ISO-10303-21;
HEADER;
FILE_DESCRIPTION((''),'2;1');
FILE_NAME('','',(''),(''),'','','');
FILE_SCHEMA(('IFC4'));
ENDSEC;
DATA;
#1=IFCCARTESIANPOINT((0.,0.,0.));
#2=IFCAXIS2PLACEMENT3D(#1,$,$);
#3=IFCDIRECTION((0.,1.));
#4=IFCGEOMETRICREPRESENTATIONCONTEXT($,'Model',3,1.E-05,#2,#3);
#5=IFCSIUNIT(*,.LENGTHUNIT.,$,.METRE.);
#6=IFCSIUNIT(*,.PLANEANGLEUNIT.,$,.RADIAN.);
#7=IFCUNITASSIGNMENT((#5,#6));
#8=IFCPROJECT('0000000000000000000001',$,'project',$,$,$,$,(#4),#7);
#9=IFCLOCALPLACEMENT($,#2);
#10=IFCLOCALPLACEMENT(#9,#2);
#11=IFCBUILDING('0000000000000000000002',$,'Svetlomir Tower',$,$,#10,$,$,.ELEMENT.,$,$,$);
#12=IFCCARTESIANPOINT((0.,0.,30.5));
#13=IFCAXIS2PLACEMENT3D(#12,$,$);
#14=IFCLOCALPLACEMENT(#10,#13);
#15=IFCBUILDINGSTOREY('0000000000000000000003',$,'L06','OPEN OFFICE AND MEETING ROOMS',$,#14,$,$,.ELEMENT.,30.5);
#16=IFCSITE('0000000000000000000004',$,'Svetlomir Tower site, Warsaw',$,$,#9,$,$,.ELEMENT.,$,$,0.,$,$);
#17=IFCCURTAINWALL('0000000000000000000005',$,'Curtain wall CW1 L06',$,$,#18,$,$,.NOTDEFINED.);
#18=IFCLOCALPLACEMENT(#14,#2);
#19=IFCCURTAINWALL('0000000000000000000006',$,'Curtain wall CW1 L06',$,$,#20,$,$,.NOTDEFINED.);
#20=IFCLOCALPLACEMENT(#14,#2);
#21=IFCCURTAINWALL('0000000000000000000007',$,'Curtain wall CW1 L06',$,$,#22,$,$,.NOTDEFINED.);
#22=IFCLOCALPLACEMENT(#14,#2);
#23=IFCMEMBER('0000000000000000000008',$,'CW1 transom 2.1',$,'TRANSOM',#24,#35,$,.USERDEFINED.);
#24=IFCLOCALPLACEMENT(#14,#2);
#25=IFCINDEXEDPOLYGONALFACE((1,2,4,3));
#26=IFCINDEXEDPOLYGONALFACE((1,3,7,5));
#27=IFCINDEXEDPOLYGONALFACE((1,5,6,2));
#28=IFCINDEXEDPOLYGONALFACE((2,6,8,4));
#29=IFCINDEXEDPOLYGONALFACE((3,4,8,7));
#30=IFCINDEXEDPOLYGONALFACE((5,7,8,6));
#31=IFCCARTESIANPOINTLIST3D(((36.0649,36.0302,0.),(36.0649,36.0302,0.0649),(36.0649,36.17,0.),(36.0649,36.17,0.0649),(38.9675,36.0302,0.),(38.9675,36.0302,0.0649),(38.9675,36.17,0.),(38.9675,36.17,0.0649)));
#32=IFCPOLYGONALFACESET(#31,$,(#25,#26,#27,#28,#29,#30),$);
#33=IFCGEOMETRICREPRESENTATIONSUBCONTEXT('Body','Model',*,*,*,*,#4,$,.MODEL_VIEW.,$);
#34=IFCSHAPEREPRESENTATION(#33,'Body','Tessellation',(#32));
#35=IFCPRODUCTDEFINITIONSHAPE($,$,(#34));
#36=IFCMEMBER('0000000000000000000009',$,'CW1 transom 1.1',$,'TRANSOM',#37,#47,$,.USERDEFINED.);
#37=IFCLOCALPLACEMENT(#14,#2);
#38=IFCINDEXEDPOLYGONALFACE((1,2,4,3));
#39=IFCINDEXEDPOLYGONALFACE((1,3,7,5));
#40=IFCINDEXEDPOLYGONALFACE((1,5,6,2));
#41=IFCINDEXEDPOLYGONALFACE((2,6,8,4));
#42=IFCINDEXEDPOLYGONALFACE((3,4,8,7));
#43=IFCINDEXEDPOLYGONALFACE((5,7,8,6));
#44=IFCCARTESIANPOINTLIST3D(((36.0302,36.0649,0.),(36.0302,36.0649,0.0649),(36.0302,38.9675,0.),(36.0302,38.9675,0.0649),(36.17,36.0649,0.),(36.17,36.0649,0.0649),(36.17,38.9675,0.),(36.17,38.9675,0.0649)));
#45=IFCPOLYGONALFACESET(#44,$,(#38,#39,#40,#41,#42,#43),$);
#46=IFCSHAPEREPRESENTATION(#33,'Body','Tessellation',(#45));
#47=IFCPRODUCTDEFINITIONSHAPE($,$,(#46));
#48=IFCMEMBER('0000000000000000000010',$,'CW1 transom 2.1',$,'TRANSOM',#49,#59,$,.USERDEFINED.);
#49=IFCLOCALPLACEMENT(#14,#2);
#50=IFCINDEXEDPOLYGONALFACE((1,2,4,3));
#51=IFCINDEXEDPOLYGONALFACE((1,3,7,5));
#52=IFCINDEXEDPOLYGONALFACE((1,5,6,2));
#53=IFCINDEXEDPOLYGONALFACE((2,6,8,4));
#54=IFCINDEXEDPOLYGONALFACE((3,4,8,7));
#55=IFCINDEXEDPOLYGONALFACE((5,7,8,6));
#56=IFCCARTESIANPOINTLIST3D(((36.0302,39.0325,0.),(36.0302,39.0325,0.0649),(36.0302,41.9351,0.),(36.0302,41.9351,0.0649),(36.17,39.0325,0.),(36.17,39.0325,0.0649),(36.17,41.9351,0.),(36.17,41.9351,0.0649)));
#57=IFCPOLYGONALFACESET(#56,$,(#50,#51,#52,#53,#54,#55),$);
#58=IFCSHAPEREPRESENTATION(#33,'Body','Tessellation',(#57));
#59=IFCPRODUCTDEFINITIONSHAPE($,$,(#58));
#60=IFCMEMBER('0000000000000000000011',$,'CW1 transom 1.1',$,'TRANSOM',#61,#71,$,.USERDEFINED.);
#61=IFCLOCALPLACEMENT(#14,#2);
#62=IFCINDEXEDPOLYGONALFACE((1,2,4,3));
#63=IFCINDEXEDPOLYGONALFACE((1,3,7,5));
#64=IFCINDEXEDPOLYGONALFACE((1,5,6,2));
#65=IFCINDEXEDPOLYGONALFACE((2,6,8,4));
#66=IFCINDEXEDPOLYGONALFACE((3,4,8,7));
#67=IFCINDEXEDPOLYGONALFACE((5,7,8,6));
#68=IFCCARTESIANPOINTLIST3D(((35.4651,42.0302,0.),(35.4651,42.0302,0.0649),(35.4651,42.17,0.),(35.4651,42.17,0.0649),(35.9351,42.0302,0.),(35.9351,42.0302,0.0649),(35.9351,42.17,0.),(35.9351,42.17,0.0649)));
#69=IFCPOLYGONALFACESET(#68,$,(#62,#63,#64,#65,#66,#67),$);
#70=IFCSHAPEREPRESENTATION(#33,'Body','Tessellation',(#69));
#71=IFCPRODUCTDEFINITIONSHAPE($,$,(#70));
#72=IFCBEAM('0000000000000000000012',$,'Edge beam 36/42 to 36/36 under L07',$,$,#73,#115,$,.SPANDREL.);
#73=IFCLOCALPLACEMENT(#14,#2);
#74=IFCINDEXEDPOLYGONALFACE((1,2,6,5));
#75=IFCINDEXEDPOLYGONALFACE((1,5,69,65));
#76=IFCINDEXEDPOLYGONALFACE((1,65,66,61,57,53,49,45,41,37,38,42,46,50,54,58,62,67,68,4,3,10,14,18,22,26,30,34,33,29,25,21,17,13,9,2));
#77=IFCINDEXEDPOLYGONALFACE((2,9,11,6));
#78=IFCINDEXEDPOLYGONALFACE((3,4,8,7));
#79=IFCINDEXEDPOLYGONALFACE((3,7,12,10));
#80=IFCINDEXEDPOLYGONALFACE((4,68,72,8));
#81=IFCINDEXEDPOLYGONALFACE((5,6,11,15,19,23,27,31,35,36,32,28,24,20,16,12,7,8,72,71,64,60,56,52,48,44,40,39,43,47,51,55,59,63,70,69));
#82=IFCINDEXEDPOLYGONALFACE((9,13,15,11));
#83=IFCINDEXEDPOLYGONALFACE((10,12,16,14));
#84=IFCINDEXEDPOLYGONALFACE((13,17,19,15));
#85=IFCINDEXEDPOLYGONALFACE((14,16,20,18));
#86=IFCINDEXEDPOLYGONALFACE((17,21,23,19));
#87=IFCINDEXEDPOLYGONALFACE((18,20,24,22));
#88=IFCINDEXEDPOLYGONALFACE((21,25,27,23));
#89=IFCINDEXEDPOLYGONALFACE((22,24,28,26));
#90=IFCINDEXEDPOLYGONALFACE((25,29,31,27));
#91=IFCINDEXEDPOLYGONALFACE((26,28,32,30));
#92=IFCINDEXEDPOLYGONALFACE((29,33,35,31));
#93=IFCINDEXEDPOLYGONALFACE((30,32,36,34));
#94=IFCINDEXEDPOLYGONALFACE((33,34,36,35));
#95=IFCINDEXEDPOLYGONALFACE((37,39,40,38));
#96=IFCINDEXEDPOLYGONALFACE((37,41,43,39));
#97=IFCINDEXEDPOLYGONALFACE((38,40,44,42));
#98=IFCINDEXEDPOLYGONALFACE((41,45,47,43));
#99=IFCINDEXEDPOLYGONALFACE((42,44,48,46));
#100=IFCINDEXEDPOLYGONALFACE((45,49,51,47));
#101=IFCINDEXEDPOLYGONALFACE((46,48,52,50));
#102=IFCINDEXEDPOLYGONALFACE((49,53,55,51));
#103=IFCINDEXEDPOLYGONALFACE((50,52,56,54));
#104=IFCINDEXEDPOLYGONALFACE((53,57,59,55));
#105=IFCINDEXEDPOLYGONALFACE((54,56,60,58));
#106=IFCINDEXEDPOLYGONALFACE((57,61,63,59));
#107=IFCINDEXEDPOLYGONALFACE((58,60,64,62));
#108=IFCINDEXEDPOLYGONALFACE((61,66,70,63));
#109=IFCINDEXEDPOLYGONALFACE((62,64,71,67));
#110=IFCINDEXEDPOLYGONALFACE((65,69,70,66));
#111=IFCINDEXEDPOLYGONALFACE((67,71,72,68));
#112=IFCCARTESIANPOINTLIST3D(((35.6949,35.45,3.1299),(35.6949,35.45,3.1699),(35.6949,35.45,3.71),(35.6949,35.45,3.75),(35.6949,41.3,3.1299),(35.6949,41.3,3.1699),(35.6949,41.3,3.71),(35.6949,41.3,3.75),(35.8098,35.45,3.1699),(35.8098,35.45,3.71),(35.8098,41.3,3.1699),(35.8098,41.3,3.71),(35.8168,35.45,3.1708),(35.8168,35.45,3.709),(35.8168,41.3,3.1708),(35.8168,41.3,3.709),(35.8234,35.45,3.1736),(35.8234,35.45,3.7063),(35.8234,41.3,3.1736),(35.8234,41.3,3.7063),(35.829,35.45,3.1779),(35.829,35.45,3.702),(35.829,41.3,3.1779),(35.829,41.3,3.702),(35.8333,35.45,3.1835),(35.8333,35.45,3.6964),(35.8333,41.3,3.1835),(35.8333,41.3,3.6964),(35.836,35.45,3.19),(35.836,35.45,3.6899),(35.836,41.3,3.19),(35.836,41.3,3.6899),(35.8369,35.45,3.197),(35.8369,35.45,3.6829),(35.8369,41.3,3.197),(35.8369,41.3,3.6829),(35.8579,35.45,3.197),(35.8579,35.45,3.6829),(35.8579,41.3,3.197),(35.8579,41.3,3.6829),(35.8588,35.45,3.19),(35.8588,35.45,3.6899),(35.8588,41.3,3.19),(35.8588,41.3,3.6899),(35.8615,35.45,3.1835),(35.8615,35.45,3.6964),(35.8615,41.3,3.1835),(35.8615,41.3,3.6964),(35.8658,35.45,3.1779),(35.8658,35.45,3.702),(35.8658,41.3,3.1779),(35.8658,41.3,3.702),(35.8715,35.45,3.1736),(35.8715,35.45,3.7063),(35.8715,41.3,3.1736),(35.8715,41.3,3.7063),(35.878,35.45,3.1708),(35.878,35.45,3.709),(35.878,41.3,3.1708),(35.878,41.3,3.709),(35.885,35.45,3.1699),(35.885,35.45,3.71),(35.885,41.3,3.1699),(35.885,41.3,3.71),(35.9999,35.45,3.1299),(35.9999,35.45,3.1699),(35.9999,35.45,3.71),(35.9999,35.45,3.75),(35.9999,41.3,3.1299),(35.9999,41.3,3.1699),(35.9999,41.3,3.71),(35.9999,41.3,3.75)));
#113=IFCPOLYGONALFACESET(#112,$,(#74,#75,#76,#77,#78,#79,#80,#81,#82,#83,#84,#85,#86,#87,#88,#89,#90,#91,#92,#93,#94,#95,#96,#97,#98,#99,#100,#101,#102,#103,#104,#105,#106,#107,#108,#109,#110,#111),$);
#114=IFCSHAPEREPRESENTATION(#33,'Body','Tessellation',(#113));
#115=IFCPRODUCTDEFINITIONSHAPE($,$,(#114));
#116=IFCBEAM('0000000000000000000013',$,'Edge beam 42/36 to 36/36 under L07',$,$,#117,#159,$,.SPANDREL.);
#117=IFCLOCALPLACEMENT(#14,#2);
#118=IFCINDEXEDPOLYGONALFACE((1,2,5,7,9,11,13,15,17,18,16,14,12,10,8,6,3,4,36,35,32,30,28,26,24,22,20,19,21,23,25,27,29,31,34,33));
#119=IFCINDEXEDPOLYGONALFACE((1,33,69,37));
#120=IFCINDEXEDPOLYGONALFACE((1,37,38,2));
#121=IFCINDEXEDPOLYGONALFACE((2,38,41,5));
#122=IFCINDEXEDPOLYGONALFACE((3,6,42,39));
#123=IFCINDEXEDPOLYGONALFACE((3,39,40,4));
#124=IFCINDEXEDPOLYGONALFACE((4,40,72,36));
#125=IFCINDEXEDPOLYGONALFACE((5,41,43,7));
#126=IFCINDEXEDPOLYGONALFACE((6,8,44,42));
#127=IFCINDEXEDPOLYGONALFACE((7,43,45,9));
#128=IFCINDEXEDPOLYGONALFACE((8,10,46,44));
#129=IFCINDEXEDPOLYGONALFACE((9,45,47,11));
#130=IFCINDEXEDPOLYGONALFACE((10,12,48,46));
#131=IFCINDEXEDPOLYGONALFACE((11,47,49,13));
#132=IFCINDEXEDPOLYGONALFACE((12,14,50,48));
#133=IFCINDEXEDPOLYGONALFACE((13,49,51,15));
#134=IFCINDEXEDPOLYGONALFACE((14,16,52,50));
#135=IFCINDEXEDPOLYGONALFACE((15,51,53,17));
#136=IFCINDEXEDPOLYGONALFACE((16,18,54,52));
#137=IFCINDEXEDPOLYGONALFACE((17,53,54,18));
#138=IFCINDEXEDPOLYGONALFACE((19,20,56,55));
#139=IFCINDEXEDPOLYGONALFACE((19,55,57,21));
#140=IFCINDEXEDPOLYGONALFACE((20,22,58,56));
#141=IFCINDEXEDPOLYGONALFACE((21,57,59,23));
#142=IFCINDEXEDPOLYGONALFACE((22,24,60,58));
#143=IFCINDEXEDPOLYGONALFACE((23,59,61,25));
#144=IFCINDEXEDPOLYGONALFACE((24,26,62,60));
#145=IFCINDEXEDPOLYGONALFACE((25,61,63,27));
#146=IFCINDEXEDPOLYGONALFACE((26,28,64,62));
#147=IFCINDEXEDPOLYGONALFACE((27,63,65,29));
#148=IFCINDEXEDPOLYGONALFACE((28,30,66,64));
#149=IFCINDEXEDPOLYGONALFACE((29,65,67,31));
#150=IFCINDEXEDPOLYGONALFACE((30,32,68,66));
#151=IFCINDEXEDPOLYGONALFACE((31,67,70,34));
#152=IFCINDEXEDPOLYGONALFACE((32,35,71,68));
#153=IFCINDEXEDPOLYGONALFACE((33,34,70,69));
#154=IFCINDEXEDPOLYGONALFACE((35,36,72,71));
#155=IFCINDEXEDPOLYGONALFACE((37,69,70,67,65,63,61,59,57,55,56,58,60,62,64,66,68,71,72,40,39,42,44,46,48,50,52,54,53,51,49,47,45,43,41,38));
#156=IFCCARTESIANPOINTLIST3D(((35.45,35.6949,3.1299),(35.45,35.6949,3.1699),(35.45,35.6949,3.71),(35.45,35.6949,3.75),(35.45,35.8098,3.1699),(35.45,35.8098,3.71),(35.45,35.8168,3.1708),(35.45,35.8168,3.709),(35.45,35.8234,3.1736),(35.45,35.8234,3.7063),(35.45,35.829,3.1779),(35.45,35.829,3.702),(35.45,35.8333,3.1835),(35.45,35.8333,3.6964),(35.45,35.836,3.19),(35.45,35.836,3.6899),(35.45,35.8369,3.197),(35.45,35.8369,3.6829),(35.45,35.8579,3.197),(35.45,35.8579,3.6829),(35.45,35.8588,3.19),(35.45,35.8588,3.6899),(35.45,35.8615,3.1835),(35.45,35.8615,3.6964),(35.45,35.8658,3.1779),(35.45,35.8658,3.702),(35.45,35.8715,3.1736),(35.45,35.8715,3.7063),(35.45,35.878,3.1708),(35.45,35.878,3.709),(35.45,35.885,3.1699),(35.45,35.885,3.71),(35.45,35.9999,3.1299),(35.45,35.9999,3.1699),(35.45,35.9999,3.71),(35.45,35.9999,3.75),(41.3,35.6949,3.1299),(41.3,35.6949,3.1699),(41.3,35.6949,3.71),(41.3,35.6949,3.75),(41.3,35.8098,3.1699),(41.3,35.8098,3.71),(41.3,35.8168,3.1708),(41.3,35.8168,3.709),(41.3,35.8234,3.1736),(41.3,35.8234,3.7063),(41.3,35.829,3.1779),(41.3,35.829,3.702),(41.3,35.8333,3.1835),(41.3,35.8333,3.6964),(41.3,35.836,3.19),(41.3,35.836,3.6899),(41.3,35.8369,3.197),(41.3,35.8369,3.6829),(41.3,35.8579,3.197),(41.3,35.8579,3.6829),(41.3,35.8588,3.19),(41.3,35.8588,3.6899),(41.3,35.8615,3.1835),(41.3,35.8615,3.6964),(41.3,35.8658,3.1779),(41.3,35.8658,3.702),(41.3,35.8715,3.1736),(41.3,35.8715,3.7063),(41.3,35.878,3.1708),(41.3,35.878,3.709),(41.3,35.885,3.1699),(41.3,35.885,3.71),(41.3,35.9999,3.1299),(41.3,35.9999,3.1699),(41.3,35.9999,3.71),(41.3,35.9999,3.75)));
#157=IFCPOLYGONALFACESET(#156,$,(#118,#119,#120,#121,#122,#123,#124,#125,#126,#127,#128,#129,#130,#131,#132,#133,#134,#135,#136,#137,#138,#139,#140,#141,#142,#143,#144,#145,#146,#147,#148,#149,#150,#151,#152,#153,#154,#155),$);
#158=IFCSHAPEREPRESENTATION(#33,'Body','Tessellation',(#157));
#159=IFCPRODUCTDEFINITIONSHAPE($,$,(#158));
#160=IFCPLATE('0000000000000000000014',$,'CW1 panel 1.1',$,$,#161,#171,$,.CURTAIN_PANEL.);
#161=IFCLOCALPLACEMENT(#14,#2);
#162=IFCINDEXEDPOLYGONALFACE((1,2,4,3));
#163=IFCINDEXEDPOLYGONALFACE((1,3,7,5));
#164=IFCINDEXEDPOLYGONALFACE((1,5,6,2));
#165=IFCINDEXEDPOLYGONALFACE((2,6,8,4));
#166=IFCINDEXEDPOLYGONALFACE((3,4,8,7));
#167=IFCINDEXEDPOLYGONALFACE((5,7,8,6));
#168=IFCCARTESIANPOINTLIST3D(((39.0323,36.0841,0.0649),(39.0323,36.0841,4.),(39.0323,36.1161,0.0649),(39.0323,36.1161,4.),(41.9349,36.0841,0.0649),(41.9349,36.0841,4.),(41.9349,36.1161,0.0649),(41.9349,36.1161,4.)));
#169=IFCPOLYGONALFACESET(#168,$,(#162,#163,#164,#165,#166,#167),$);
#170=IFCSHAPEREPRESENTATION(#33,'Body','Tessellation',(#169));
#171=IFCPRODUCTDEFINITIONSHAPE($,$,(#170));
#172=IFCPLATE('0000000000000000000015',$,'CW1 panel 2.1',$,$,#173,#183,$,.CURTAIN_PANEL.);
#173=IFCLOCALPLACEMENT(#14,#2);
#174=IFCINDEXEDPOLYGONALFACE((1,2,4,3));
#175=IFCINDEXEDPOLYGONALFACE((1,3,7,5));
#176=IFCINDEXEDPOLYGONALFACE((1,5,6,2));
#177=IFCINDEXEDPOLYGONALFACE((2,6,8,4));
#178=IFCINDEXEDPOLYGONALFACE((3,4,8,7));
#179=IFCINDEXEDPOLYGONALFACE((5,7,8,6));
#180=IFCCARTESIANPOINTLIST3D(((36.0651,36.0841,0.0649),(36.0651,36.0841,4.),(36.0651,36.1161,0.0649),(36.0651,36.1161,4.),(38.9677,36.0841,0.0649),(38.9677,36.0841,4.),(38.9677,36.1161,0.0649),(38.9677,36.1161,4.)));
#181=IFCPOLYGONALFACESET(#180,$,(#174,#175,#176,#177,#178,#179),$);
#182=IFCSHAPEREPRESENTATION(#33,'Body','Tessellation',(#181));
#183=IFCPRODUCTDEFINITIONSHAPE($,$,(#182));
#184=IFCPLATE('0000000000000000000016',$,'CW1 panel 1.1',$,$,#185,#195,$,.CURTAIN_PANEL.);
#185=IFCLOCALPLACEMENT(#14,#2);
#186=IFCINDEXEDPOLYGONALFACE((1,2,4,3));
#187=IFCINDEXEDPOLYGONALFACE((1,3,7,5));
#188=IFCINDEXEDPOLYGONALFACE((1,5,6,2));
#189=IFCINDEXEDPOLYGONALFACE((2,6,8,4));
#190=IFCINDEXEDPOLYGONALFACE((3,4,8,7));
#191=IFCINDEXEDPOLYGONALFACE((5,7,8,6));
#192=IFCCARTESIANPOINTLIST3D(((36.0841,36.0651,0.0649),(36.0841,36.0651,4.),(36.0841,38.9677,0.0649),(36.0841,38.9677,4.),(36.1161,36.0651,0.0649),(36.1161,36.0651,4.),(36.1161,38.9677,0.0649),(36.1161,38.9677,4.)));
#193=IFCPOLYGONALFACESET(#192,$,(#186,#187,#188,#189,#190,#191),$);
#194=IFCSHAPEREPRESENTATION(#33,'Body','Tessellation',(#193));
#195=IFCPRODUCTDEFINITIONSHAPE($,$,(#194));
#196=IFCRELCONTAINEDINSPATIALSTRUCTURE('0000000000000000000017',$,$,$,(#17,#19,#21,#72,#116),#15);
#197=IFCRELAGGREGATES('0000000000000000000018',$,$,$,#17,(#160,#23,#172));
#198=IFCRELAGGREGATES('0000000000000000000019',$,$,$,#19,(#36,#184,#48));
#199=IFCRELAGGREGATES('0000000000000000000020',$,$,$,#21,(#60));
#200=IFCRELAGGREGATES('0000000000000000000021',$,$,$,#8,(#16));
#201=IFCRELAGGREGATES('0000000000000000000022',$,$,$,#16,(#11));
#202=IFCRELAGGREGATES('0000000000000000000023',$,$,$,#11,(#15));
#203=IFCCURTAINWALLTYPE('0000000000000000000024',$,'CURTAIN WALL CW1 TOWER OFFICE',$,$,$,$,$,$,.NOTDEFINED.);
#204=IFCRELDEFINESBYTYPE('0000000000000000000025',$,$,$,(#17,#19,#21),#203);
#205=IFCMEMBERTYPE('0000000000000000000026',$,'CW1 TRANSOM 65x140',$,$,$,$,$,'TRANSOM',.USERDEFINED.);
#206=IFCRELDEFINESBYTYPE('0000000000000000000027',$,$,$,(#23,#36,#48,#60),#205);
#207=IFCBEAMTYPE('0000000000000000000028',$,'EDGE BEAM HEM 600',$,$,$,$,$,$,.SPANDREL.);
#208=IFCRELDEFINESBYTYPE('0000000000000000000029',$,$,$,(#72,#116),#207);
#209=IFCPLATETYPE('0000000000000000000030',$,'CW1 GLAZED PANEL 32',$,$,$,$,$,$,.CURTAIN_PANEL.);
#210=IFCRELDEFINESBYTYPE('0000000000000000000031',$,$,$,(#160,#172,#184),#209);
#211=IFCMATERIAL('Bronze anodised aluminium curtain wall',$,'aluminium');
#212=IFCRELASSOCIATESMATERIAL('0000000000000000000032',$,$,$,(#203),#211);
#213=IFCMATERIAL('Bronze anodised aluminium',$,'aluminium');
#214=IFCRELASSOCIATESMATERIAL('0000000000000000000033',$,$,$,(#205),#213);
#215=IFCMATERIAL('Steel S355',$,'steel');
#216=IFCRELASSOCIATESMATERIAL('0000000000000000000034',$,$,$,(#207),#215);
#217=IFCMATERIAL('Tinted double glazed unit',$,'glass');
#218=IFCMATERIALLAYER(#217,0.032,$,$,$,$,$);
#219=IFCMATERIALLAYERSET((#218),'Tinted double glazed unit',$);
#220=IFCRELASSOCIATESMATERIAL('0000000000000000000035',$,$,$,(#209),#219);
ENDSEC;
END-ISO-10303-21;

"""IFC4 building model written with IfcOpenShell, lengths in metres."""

from ifc_helpers import new_model, si_unit, direction, frame, origin, origin_2d, place, context, subcontext, project, spatial, rectangle, i_section, extrude, material, layer, layer_set, material_profile, profile_set, type_object, element, aggregate, save


model = new_model("IFC4")

# Units and contexts
model_context = context("Model", 3, precision=1e-05, world=origin(), true_north=direction((0.0, 1.0)))
body_context = subcontext(model_context, "Body", "Model", "MODEL_VIEW")
ifc_project = project(units=[si_unit("LENGTHUNIT", "METRE"), si_unit("PLANEANGLEUNIT", "RADIAN")], contexts=[model_context])

# Site, building, storey
site_placement = place(None, origin())
site = spatial("IfcSite", under=ifc_project, at=site_placement, Name="Svetlomir Tower site, Warsaw", CompositionType="ELEMENT", RefElevation=0.0)
building_placement = place(site_placement, origin())
building = spatial("IfcBuilding", under=site, at=building_placement, Name="Svetlomir Tower", CompositionType="ELEMENT")
storey_placement = place(building_placement, frame((0.0, 0.0, 30.5)))
storey = spatial("IfcBuildingStorey", under=building, at=storey_placement, Name="L06", Description="OPEN OFFICE AND MEETING ROOMS", CompositionType="ELEMENT", Elevation=30.5)

# Shared definitions
ifc_material_1 = material(Name="Bronze anodised aluminium curtain wall", Category="aluminium")
curtain_wall_type = type_object("IfcCurtainWallType", Name="CURTAIN WALL CW1 TOWER OFFICE", PredefinedType="NOTDEFINED", material=ifc_material_1)

# Curtain walls
curtain_wall_1_placement = place(storey_placement, origin())
curtain_wall_1 = element("IfcCurtainWall", 1, at=curtain_wall_1_placement, inside=storey, type_object=curtain_wall_type, Name="Curtain wall CW1 L06", PredefinedType="NOTDEFINED")
curtain_wall_2_placement = place(storey_placement, origin())
curtain_wall_2 = element("IfcCurtainWall", 2, at=curtain_wall_2_placement, inside=storey, type_object=curtain_wall_type, Name="Curtain wall CW1 L06", PredefinedType="NOTDEFINED")
curtain_wall_3_placement = place(storey_placement, origin())
curtain_wall_3 = element("IfcCurtainWall", 3, at=curtain_wall_3_placement, inside=storey, type_object=curtain_wall_type, Name="Curtain wall CW1 L06", PredefinedType="NOTDEFINED")

# Members
ifc_material_2 = material(Name="Bronze anodised aluminium", Category="aluminium")
ifc_material_profile_1 = material_profile(ifc_material_2, rectangle(XDim=0.1399, YDim=0.0649, at=origin_2d()), Name="AL 140x65")
ifc_profile_set_1 = profile_set([ifc_material_profile_1], Name="Bronze anodised aluminium 6063-T6")
member_type_1 = type_object("IfcMemberType", Name="CW1 TRANSOM 65x140", ElementType="TRANSOM", PredefinedType="USERDEFINED", material=ifc_profile_set_1)
member_1_placement = place(storey_placement, frame((38.9675, 36.1001, 0.0325), z_axis=(-1.0, 0.0, 0.0), x_axis=(0.0, -1.0, 0.0)))
member_1 = element("IfcMember", 4, at=member_1_placement, type_object=member_type_1, Name="CW1 transom 2.1", ObjectType="TRANSOM", PredefinedType="USERDEFINED", context=body_context, shape_type="SweptSolid", body=[
    extrude(rectangle(XDim=0.1399, YDim=0.0649, at=origin_2d()), origin(), (0.0, 0.0, 1.0), 2.9026),
])
member_2_placement = place(storey_placement, frame((36.1001, 36.0649, 0.0325), z_axis=(0.0, 1.0, 0.0), x_axis=(-1.0, 0.0, 0.0)))
member_2 = element("IfcMember", 5, at=member_2_placement, type_object=member_type_1, Name="CW1 transom 1.1", ObjectType="TRANSOM", PredefinedType="USERDEFINED", context=body_context, shape_type="SweptSolid", body=[
    extrude(rectangle(XDim=0.1399, YDim=0.0649, at=origin_2d()), origin(), (0.0, 0.0, 1.0), 2.9026),
])
member_3_placement = place(storey_placement, frame((36.1001, 39.0325, 0.0325), z_axis=(0.0, 1.0, 0.0), x_axis=(-1.0, 0.0, 0.0)))
member_3 = element("IfcMember", 6, at=member_3_placement, type_object=member_type_1, Name="CW1 transom 2.1", ObjectType="TRANSOM", PredefinedType="USERDEFINED", context=body_context, shape_type="SweptSolid", body=[
    extrude(rectangle(XDim=0.1399, YDim=0.0649, at=origin_2d()), origin(), (0.0, 0.0, 1.0), 2.9026),
])
member_4_placement = place(storey_placement, frame((35.9351, 42.1001, 0.0325), z_axis=(-1.0, 0.0, 0.0), x_axis=(0.0, -1.0, 0.0)))
member_4 = element("IfcMember", 7, at=member_4_placement, type_object=member_type_1, Name="CW1 transom 1.1", ObjectType="TRANSOM", PredefinedType="USERDEFINED", context=body_context, shape_type="SweptSolid", body=[
    extrude(rectangle(XDim=0.1399, YDim=0.0649, at=origin_2d()), origin(), (0.0, 0.0, 1.0), 0.47),
])

# Beams
ifc_material_3 = material(Name="Steel S355", Category="steel")
ifc_material_profile_2 = material_profile(ifc_material_3, i_section(OverallWidth=0.3049, OverallDepth=0.6201, WebThickness=0.021, FlangeThickness=0.04, FilletRadius=0.0271, at=origin_2d()), Name="HEM 600")
ifc_profile_set_2 = profile_set([ifc_material_profile_2], Name="Steel S355")
beam_type_1 = type_object("IfcBeamType", Name="EDGE BEAM HEM 600", PredefinedType="SPANDREL", material=ifc_profile_set_2)
for number, where, z_axis, x_axis, name in (
    (8, (35.8474, 41.3, 3.4399), (0.0, -1.0, 0.0), (1.0, 0.0, 0.0), "Edge beam 36/42 to 36/36 under L07"),
    (9, (41.3, 35.8474, 3.4399), (-1.0, 0.0, 0.0), (0.0, -1.0, 0.0), "Edge beam 42/36 to 36/36 under L07"),
):
    element("IfcBeam", number, at=place(storey_placement, frame(where, z_axis=z_axis, x_axis=x_axis)), inside=storey, type_object=beam_type_1, Name=name, PredefinedType="SPANDREL", context=body_context, shape_type="SweptSolid", body=[
        extrude(i_section(OverallWidth=0.3049, OverallDepth=0.6201, WebThickness=0.021, FlangeThickness=0.04, FilletRadius=0.0271, at=origin_2d()), origin(), (0.0, 0.0, 1.0), 5.8501),
    ])

# Plates
ifc_material_4 = material(Name="Tinted double glazed unit", Category="glass")
ifc_layer_1 = layer(ifc_material_4, 0.032)
ifc_layer_set_1 = layer_set([ifc_layer_1], Name="Tinted double glazed unit")
plate_type = type_object("IfcPlateType", Name="CW1 GLAZED PANEL 32", PredefinedType="CURTAIN_PANEL", material=ifc_layer_set_1)
plate_1_placement = place(storey_placement, frame((40.4836, 36.1001, 0.0649), z_axis=(0.0, 0.0, 1.0), x_axis=(-1.0, 0.0, 0.0)))
plate_1 = element("IfcPlate", 10, at=plate_1_placement, type_object=plate_type, Name="CW1 panel 1.1", PredefinedType="CURTAIN_PANEL", context=body_context, shape_type="SweptSolid", body=[
    extrude(rectangle(XDim=2.9026, YDim=0.032, at=origin_2d()), origin(), (0.0, 0.0, 1.0), 3.9351),
])
plate_2_placement = place(storey_placement, frame((37.5164, 36.1001, 0.0649), z_axis=(0.0, 0.0, 1.0), x_axis=(-1.0, 0.0, 0.0)))
plate_2 = element("IfcPlate", 11, at=plate_2_placement, type_object=plate_type, Name="CW1 panel 2.1", PredefinedType="CURTAIN_PANEL", context=body_context, shape_type="SweptSolid", body=[
    extrude(rectangle(XDim=2.9026, YDim=0.032, at=origin_2d()), origin(), (0.0, 0.0, 1.0), 3.9351),
])
aggregate(curtain_wall_1, [plate_1, member_1, plate_2])
plate_3_placement = place(storey_placement, frame((36.1001, 37.5164, 0.0649), z_axis=(0.0, 0.0, 1.0), x_axis=(0.0, 1.0, 0.0)))
plate_3 = element("IfcPlate", 12, at=plate_3_placement, type_object=plate_type, Name="CW1 panel 1.1", PredefinedType="CURTAIN_PANEL", context=body_context, shape_type="SweptSolid", body=[
    extrude(rectangle(XDim=2.9026, YDim=0.032, at=origin_2d()), origin(), (0.0, 0.0, 1.0), 3.9351),
])
aggregate(curtain_wall_2, [member_2, plate_3, member_3])
aggregate(curtain_wall_3, [member_4])

save(model, "model.ifc")
